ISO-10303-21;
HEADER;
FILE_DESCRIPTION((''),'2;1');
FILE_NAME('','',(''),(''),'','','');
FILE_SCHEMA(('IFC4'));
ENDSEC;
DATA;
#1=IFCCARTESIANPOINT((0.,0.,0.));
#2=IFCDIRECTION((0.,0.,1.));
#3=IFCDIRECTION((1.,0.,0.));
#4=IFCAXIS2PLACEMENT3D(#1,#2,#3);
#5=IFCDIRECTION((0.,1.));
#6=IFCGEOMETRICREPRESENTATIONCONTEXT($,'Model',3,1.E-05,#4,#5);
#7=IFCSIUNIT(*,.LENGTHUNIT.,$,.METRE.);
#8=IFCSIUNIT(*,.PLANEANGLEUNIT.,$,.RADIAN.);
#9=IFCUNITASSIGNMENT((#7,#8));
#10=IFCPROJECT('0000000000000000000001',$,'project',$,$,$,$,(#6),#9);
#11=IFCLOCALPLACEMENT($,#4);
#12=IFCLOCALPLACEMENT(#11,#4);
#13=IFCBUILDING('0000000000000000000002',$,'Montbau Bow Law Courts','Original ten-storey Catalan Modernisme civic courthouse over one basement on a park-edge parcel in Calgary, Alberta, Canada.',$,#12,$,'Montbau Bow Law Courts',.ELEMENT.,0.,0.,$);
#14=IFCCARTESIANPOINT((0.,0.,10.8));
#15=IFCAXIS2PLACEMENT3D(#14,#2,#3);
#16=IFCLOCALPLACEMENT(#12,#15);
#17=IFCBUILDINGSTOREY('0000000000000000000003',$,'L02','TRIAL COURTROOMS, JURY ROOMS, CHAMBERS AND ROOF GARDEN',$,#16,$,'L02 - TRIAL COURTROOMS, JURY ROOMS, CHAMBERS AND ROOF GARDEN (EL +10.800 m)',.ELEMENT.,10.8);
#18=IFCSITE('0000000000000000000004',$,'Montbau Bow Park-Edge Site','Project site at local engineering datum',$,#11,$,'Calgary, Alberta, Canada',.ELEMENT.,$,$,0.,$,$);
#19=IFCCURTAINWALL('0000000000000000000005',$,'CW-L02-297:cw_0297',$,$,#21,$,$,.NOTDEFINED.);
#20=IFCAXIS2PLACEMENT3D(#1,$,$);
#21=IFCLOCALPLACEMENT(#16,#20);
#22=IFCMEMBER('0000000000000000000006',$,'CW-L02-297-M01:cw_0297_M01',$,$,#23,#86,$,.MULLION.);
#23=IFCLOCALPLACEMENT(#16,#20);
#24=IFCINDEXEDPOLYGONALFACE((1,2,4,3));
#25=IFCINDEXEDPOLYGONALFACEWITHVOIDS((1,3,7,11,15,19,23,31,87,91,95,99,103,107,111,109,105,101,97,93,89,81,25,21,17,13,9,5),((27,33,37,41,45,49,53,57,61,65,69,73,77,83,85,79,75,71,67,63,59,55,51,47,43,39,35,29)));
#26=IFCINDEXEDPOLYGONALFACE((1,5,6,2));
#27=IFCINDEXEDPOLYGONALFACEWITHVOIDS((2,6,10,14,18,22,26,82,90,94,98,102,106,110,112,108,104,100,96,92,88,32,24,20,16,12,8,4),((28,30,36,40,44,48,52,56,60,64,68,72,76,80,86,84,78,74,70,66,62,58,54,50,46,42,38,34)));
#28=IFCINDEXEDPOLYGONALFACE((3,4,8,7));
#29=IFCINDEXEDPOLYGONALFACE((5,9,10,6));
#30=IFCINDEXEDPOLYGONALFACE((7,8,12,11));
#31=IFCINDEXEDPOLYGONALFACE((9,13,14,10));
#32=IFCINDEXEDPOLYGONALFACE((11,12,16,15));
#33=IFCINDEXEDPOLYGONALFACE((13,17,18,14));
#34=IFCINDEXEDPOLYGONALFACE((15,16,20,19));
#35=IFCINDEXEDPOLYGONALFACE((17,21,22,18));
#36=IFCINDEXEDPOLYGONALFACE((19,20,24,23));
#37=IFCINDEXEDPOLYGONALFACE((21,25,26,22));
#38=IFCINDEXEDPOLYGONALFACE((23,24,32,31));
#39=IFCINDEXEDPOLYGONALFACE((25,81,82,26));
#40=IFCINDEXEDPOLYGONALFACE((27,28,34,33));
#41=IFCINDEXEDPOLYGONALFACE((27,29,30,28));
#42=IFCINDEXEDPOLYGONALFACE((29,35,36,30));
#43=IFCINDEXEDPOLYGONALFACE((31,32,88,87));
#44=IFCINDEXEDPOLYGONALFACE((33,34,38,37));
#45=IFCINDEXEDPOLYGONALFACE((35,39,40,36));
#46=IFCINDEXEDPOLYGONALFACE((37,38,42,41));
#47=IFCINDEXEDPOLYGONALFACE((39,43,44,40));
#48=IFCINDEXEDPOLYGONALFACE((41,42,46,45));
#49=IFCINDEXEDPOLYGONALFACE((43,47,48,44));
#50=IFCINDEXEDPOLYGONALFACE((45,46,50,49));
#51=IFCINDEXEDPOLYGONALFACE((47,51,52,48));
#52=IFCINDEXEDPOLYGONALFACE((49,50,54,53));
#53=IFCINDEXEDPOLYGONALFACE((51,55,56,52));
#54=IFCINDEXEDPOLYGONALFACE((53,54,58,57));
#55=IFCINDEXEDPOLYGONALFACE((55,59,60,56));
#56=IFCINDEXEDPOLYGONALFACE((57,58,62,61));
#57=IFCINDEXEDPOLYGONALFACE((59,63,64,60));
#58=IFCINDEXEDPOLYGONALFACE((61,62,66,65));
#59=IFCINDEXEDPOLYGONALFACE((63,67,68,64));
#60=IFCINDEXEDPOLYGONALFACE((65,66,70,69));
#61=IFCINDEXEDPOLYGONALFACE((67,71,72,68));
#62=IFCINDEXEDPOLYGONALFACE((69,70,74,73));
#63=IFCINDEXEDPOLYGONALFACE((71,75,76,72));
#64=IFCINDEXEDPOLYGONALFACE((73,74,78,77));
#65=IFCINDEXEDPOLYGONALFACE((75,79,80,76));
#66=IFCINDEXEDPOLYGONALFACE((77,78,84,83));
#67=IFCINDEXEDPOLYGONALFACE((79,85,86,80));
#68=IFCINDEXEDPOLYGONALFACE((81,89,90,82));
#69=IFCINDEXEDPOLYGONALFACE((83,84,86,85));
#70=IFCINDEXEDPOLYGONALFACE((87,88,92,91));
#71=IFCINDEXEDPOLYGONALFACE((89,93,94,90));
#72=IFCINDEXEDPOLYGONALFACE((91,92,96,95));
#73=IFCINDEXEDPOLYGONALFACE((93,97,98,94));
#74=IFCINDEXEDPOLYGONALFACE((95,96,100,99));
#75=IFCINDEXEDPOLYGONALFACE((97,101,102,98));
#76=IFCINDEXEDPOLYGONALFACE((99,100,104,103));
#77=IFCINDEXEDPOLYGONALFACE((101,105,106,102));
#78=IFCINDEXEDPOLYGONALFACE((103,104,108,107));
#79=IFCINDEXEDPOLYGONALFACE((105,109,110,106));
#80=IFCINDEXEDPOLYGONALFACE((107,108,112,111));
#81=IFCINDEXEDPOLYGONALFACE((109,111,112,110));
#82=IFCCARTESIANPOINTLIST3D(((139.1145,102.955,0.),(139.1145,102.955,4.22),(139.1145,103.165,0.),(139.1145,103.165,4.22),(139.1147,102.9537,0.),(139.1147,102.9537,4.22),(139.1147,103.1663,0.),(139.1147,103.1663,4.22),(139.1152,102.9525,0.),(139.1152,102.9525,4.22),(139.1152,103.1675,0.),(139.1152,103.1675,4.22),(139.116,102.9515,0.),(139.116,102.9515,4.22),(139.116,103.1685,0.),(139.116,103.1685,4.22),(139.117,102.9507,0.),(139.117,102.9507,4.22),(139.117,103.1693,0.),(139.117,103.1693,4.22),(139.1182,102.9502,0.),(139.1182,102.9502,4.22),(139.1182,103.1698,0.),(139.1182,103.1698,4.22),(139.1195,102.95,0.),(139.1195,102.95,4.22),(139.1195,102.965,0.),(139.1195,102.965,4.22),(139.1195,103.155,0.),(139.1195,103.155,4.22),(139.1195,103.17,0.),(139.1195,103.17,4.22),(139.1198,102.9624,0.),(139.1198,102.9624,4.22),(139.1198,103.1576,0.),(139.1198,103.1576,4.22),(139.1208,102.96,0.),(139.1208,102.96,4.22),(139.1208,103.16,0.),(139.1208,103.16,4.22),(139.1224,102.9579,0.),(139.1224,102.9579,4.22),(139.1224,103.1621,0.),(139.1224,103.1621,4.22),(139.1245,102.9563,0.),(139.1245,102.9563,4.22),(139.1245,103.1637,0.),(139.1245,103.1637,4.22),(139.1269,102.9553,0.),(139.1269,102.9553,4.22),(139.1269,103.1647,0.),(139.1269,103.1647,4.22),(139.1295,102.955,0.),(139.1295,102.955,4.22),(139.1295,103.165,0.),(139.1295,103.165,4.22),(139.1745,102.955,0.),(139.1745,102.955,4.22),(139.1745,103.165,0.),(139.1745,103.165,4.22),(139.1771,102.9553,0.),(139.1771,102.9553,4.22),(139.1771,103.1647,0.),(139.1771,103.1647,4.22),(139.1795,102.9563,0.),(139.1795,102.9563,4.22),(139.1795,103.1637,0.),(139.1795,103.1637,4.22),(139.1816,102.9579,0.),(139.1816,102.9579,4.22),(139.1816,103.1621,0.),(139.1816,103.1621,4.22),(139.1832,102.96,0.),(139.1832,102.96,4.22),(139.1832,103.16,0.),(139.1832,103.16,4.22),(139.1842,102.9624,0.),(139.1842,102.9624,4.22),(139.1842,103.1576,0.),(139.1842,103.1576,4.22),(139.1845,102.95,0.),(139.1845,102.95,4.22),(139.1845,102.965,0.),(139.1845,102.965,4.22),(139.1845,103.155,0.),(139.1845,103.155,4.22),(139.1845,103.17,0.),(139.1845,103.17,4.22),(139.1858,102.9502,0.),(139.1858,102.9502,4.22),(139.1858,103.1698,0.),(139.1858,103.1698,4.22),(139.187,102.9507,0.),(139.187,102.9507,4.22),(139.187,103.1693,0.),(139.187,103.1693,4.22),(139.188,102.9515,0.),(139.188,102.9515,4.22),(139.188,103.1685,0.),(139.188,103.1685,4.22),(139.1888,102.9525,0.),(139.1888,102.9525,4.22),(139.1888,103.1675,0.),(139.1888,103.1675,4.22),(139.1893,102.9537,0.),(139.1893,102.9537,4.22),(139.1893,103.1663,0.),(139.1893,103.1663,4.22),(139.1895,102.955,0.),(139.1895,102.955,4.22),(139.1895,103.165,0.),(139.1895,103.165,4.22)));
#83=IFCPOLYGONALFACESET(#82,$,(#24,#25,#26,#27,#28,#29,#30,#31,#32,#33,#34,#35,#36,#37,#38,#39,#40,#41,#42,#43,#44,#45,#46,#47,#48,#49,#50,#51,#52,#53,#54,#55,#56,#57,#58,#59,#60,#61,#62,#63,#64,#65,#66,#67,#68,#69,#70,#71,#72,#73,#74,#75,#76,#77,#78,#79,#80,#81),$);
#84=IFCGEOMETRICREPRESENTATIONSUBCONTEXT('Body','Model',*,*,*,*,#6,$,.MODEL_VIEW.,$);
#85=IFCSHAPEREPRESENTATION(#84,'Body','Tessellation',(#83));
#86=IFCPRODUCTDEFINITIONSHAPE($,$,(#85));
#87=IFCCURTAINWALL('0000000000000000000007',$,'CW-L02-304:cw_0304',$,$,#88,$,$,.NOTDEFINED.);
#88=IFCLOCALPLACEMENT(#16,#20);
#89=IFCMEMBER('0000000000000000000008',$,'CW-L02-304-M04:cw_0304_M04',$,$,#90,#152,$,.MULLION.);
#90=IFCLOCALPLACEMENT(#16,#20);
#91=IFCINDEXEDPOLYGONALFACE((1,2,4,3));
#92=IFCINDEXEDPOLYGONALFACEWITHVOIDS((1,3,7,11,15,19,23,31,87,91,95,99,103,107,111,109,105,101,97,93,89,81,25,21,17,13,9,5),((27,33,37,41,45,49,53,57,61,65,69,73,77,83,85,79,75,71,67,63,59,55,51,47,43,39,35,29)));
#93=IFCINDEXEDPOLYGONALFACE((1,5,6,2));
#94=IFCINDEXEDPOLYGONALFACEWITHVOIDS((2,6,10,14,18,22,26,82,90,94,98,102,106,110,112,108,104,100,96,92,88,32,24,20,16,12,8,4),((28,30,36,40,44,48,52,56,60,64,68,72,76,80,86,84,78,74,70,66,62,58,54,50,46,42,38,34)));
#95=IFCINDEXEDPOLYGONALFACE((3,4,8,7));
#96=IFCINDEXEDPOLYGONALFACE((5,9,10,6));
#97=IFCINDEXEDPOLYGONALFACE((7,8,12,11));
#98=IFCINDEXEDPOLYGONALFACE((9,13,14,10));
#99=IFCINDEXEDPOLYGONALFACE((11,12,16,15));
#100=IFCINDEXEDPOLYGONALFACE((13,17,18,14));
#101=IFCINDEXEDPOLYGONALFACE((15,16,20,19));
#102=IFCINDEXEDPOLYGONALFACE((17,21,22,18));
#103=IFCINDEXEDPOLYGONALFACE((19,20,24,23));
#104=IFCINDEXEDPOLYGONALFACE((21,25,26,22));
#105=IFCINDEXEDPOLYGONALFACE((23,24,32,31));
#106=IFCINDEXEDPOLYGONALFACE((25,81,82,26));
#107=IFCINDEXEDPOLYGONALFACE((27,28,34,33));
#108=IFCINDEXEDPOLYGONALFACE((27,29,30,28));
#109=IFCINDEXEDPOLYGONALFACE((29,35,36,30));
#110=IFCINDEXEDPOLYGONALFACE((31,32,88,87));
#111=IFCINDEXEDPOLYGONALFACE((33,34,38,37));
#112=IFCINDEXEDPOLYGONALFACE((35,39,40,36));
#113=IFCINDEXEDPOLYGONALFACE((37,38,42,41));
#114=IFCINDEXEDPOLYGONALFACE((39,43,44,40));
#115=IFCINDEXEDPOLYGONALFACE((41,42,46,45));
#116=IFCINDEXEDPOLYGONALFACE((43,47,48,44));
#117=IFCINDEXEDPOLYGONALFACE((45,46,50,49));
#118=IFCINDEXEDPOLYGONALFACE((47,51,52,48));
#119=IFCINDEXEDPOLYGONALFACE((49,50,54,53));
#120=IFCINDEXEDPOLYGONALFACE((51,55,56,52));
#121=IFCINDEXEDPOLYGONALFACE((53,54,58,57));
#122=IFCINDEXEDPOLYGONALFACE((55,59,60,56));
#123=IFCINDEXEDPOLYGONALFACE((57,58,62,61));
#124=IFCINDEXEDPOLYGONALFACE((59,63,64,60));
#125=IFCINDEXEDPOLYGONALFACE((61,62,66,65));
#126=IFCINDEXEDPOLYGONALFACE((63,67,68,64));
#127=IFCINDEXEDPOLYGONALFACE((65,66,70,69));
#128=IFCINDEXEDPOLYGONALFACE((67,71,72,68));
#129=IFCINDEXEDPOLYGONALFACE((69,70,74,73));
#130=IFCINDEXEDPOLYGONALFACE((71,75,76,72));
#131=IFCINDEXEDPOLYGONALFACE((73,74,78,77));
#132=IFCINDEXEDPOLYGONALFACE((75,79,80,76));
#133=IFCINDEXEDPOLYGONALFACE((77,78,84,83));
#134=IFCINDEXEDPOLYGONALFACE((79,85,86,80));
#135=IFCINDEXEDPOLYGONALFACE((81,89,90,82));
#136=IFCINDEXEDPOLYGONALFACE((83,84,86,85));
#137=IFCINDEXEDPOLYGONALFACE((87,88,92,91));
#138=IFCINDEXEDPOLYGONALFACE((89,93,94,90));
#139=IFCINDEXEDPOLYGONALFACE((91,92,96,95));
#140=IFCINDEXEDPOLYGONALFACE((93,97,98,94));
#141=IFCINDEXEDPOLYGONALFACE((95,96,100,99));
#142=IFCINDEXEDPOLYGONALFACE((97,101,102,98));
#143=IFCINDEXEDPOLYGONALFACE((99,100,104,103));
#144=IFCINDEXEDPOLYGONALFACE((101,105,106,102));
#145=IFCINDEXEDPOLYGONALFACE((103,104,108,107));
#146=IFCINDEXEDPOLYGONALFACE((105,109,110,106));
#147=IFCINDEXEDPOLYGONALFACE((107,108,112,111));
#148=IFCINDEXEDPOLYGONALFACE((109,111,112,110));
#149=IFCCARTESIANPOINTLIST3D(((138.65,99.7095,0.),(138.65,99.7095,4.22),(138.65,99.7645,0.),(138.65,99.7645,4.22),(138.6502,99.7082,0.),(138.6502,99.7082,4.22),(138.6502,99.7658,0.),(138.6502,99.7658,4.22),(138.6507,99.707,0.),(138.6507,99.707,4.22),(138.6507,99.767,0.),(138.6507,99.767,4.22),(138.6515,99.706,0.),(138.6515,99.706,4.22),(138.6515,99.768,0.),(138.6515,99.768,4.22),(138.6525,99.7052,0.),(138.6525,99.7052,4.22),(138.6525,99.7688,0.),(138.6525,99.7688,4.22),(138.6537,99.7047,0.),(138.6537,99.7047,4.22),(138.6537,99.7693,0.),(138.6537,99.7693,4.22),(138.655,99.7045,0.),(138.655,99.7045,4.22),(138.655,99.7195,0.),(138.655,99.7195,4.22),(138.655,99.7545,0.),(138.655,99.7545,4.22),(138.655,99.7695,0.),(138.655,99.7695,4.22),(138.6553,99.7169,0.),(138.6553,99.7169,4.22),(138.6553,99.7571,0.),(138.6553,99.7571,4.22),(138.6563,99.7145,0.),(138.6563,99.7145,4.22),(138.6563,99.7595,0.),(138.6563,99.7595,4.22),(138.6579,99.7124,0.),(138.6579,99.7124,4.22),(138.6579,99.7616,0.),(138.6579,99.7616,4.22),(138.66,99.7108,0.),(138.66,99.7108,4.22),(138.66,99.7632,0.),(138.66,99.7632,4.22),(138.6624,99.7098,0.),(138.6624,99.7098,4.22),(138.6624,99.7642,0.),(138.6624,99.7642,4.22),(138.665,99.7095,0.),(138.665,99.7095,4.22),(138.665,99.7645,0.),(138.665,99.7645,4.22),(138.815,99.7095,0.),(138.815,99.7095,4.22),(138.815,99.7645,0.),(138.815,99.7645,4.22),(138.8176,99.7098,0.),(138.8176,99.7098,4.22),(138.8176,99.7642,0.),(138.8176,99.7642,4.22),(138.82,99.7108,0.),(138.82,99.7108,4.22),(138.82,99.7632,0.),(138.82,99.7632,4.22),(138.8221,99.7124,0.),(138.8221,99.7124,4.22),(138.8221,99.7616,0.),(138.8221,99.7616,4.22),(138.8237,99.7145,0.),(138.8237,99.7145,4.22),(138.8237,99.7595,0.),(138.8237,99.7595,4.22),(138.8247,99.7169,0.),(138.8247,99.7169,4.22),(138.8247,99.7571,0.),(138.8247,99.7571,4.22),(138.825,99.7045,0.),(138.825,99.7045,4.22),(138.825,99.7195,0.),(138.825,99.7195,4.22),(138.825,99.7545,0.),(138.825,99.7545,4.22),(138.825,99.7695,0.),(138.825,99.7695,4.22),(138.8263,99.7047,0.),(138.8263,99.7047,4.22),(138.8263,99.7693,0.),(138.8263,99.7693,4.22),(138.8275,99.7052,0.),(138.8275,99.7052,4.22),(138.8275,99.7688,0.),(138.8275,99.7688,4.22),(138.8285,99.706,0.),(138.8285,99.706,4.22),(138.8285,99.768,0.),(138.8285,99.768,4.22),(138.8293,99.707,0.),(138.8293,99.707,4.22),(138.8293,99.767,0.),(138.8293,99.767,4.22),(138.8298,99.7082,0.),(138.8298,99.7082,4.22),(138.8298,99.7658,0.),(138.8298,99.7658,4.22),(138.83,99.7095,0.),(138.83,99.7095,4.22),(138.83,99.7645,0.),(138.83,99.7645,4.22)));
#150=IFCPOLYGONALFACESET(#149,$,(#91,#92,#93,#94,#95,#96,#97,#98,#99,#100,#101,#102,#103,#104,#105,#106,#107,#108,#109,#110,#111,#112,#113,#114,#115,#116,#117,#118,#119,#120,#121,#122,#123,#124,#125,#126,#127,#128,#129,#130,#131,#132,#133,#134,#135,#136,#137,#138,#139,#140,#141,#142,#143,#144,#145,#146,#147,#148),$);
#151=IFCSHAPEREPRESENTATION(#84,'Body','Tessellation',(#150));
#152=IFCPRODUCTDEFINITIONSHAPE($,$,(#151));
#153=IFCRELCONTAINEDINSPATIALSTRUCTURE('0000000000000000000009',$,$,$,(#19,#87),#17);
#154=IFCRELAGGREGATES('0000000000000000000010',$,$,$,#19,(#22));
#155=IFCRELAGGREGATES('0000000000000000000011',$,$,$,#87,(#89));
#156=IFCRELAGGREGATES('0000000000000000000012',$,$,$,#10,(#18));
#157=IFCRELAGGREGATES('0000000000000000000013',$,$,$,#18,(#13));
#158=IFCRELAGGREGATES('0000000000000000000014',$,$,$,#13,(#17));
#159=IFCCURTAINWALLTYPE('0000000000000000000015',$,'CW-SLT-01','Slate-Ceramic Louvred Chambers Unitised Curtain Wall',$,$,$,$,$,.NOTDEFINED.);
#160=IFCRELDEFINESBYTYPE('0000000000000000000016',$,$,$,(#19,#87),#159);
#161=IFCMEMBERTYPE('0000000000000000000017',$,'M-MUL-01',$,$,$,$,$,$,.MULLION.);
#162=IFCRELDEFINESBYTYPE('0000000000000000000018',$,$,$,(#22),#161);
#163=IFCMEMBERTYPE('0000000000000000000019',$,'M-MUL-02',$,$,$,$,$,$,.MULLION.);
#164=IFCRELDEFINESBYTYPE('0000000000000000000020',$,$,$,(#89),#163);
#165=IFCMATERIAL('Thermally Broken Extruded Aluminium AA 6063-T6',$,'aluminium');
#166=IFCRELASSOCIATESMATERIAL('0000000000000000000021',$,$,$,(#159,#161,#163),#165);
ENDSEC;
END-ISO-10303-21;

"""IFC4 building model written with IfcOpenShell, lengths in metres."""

from ifc_helpers import new_model, si_unit, direction, frame, origin_with_axes, origin_2d_with_axis, place, context, subcontext, project, spatial, hollow_rectangle, extrude, material, material_profile, profile_set, type_object, element, aggregate, save


model = new_model("IFC4")

# Units and contexts
model_context = context("Model", 3, precision=1e-05, world=origin_with_axes(), true_north=direction((0.0, 1.0)))
body_context = subcontext(model_context, "Body", "Model", "MODEL_VIEW")
ifc_project = project(units=[si_unit("LENGTHUNIT", "METRE"), si_unit("PLANEANGLEUNIT", "RADIAN")], contexts=[model_context])

# Site, building, storey
site_placement = place(None, origin_with_axes())
site = spatial("IfcSite", under=ifc_project, at=site_placement, Name="Montbau Bow Park-Edge Site", Description="Project site at local engineering datum", LongName="Calgary, Alberta, Canada", CompositionType="ELEMENT", RefElevation=0.0)
building_placement = place(site_placement, origin_with_axes())
building = spatial("IfcBuilding", under=site, at=building_placement, Name="Montbau Bow Law Courts", Description="Original ten-storey Catalan Modernisme civic courthouse over one basement on a park-edge parcel in Calgary, Alberta, Canada.", LongName="Montbau Bow Law Courts", CompositionType="ELEMENT", ElevationOfRefHeight=0.0, ElevationOfTerrain=0.0)
storey_placement = place(building_placement, frame((0.0, 0.0, 10.8), z_axis=(0.0, 0.0, 1.0), x_axis=(1.0, 0.0, 0.0)))
storey = spatial("IfcBuildingStorey", under=building, at=storey_placement, Name="L02", Description="TRIAL COURTROOMS, JURY ROOMS, CHAMBERS AND ROOF GARDEN", LongName="L02 - TRIAL COURTROOMS, JURY ROOMS, CHAMBERS AND ROOF GARDEN (EL +10.800 m)", CompositionType="ELEMENT", Elevation=10.8)

# Curtain wall, member
ifc_material_1 = material(Name="Thermally Broken Extruded Aluminium AA 6063-T6", Category="aluminium")
curtain_wall_type = type_object("IfcCurtainWallType", Name="CW-SLT-01", Description="Slate-Ceramic Louvred Chambers Unitised Curtain Wall", PredefinedType="NOTDEFINED", material=ifc_material_1)
curtain_wall_1_placement = place(None, frame((139.115, 103.06, 10.8), z_axis=(0.0, 0.0, 1.0), x_axis=(1.0, 0.0, 0.0)))
curtain_wall_1 = element("IfcCurtainWall", 1, at=curtain_wall_1_placement, inside=storey, type_object=curtain_wall_type, Name="CW-L02-297:cw_0297", PredefinedType="NOTDEFINED")
ifc_material_profile_1 = material_profile(ifc_material_1, hollow_rectangle(XDim=0.075, YDim=0.22, WallThickness=0.005, InnerFilletRadius=0.01, OuterFilletRadius=0.005, at=origin_2d_with_axis()), Name="CWM-220X75", Category="Main", Priority=0)
ifc_profile_set_1 = profile_set([ifc_material_profile_1], Name="Thermally Broken Extruded Aluminium AA 6063-T6")
member_type_1 = type_object("IfcMemberType", Name="M-MUL-01", PredefinedType="MULLION", material=ifc_profile_set_1)
member_1_placement = place(None, frame((139.152, 103.06, 10.8), z_axis=(0.0, 0.0, 1.0), x_axis=(1.0, 0.0, 0.0)))
member_1 = element("IfcMember", 2, at=member_1_placement, type_object=member_type_1, Name="CW-L02-297-M01:cw_0297_M01", PredefinedType="MULLION", context=body_context, shape_type="SweptSolid", body=[
    extrude(hollow_rectangle(XDim=0.075, YDim=0.22, WallThickness=0.005, InnerFilletRadius=0.01, OuterFilletRadius=0.005, at=origin_2d_with_axis()), origin_with_axes(), (0.0, 0.0, 1.0), 4.22),
])

# Curtain wall, member
curtain_wall_2_placement = place(None, frame((138.74, 95.315, 10.8), z_axis=(0.0, 0.0, 1.0), x_axis=(1.0, 0.0, 0.0)))
curtain_wall_2 = element("IfcCurtainWall", 3, at=curtain_wall_2_placement, inside=storey, type_object=curtain_wall_type, Name="CW-L02-304:cw_0304", PredefinedType="NOTDEFINED")
ifc_material_profile_2 = material_profile(ifc_material_1, hollow_rectangle(XDim=0.065, YDim=0.18, WallThickness=0.005, InnerFilletRadius=0.01, OuterFilletRadius=0.005, at=origin_2d_with_axis()), Name="CWM-180X65", Category="Main", Priority=0)
ifc_profile_set_2 = profile_set([ifc_material_profile_2], Name="Thermally Broken Extruded Aluminium AA 6063-T6")
member_type_2 = type_object("IfcMemberType", Name="M-MUL-02", PredefinedType="MULLION", material=ifc_profile_set_2)
member_2_placement = place(None, frame((138.74, 99.737, 10.8), z_axis=(0.0, 0.0, 1.0), x_axis=(0.0, 1.0, 0.0)))
member_2 = element("IfcMember", 4, at=member_2_placement, type_object=member_type_2, Name="CW-L02-304-M04:cw_0304_M04", PredefinedType="MULLION", context=body_context, shape_type="SweptSolid", body=[
    extrude(hollow_rectangle(XDim=0.065, YDim=0.18, WallThickness=0.005, InnerFilletRadius=0.01, OuterFilletRadius=0.005, at=origin_2d_with_axis()), origin_with_axes(), (0.0, 0.0, 1.0), 4.22),
])

aggregate(curtain_wall_1, [member_1])
aggregate(curtain_wall_2, [member_2])

save(model, "model.ifc")
